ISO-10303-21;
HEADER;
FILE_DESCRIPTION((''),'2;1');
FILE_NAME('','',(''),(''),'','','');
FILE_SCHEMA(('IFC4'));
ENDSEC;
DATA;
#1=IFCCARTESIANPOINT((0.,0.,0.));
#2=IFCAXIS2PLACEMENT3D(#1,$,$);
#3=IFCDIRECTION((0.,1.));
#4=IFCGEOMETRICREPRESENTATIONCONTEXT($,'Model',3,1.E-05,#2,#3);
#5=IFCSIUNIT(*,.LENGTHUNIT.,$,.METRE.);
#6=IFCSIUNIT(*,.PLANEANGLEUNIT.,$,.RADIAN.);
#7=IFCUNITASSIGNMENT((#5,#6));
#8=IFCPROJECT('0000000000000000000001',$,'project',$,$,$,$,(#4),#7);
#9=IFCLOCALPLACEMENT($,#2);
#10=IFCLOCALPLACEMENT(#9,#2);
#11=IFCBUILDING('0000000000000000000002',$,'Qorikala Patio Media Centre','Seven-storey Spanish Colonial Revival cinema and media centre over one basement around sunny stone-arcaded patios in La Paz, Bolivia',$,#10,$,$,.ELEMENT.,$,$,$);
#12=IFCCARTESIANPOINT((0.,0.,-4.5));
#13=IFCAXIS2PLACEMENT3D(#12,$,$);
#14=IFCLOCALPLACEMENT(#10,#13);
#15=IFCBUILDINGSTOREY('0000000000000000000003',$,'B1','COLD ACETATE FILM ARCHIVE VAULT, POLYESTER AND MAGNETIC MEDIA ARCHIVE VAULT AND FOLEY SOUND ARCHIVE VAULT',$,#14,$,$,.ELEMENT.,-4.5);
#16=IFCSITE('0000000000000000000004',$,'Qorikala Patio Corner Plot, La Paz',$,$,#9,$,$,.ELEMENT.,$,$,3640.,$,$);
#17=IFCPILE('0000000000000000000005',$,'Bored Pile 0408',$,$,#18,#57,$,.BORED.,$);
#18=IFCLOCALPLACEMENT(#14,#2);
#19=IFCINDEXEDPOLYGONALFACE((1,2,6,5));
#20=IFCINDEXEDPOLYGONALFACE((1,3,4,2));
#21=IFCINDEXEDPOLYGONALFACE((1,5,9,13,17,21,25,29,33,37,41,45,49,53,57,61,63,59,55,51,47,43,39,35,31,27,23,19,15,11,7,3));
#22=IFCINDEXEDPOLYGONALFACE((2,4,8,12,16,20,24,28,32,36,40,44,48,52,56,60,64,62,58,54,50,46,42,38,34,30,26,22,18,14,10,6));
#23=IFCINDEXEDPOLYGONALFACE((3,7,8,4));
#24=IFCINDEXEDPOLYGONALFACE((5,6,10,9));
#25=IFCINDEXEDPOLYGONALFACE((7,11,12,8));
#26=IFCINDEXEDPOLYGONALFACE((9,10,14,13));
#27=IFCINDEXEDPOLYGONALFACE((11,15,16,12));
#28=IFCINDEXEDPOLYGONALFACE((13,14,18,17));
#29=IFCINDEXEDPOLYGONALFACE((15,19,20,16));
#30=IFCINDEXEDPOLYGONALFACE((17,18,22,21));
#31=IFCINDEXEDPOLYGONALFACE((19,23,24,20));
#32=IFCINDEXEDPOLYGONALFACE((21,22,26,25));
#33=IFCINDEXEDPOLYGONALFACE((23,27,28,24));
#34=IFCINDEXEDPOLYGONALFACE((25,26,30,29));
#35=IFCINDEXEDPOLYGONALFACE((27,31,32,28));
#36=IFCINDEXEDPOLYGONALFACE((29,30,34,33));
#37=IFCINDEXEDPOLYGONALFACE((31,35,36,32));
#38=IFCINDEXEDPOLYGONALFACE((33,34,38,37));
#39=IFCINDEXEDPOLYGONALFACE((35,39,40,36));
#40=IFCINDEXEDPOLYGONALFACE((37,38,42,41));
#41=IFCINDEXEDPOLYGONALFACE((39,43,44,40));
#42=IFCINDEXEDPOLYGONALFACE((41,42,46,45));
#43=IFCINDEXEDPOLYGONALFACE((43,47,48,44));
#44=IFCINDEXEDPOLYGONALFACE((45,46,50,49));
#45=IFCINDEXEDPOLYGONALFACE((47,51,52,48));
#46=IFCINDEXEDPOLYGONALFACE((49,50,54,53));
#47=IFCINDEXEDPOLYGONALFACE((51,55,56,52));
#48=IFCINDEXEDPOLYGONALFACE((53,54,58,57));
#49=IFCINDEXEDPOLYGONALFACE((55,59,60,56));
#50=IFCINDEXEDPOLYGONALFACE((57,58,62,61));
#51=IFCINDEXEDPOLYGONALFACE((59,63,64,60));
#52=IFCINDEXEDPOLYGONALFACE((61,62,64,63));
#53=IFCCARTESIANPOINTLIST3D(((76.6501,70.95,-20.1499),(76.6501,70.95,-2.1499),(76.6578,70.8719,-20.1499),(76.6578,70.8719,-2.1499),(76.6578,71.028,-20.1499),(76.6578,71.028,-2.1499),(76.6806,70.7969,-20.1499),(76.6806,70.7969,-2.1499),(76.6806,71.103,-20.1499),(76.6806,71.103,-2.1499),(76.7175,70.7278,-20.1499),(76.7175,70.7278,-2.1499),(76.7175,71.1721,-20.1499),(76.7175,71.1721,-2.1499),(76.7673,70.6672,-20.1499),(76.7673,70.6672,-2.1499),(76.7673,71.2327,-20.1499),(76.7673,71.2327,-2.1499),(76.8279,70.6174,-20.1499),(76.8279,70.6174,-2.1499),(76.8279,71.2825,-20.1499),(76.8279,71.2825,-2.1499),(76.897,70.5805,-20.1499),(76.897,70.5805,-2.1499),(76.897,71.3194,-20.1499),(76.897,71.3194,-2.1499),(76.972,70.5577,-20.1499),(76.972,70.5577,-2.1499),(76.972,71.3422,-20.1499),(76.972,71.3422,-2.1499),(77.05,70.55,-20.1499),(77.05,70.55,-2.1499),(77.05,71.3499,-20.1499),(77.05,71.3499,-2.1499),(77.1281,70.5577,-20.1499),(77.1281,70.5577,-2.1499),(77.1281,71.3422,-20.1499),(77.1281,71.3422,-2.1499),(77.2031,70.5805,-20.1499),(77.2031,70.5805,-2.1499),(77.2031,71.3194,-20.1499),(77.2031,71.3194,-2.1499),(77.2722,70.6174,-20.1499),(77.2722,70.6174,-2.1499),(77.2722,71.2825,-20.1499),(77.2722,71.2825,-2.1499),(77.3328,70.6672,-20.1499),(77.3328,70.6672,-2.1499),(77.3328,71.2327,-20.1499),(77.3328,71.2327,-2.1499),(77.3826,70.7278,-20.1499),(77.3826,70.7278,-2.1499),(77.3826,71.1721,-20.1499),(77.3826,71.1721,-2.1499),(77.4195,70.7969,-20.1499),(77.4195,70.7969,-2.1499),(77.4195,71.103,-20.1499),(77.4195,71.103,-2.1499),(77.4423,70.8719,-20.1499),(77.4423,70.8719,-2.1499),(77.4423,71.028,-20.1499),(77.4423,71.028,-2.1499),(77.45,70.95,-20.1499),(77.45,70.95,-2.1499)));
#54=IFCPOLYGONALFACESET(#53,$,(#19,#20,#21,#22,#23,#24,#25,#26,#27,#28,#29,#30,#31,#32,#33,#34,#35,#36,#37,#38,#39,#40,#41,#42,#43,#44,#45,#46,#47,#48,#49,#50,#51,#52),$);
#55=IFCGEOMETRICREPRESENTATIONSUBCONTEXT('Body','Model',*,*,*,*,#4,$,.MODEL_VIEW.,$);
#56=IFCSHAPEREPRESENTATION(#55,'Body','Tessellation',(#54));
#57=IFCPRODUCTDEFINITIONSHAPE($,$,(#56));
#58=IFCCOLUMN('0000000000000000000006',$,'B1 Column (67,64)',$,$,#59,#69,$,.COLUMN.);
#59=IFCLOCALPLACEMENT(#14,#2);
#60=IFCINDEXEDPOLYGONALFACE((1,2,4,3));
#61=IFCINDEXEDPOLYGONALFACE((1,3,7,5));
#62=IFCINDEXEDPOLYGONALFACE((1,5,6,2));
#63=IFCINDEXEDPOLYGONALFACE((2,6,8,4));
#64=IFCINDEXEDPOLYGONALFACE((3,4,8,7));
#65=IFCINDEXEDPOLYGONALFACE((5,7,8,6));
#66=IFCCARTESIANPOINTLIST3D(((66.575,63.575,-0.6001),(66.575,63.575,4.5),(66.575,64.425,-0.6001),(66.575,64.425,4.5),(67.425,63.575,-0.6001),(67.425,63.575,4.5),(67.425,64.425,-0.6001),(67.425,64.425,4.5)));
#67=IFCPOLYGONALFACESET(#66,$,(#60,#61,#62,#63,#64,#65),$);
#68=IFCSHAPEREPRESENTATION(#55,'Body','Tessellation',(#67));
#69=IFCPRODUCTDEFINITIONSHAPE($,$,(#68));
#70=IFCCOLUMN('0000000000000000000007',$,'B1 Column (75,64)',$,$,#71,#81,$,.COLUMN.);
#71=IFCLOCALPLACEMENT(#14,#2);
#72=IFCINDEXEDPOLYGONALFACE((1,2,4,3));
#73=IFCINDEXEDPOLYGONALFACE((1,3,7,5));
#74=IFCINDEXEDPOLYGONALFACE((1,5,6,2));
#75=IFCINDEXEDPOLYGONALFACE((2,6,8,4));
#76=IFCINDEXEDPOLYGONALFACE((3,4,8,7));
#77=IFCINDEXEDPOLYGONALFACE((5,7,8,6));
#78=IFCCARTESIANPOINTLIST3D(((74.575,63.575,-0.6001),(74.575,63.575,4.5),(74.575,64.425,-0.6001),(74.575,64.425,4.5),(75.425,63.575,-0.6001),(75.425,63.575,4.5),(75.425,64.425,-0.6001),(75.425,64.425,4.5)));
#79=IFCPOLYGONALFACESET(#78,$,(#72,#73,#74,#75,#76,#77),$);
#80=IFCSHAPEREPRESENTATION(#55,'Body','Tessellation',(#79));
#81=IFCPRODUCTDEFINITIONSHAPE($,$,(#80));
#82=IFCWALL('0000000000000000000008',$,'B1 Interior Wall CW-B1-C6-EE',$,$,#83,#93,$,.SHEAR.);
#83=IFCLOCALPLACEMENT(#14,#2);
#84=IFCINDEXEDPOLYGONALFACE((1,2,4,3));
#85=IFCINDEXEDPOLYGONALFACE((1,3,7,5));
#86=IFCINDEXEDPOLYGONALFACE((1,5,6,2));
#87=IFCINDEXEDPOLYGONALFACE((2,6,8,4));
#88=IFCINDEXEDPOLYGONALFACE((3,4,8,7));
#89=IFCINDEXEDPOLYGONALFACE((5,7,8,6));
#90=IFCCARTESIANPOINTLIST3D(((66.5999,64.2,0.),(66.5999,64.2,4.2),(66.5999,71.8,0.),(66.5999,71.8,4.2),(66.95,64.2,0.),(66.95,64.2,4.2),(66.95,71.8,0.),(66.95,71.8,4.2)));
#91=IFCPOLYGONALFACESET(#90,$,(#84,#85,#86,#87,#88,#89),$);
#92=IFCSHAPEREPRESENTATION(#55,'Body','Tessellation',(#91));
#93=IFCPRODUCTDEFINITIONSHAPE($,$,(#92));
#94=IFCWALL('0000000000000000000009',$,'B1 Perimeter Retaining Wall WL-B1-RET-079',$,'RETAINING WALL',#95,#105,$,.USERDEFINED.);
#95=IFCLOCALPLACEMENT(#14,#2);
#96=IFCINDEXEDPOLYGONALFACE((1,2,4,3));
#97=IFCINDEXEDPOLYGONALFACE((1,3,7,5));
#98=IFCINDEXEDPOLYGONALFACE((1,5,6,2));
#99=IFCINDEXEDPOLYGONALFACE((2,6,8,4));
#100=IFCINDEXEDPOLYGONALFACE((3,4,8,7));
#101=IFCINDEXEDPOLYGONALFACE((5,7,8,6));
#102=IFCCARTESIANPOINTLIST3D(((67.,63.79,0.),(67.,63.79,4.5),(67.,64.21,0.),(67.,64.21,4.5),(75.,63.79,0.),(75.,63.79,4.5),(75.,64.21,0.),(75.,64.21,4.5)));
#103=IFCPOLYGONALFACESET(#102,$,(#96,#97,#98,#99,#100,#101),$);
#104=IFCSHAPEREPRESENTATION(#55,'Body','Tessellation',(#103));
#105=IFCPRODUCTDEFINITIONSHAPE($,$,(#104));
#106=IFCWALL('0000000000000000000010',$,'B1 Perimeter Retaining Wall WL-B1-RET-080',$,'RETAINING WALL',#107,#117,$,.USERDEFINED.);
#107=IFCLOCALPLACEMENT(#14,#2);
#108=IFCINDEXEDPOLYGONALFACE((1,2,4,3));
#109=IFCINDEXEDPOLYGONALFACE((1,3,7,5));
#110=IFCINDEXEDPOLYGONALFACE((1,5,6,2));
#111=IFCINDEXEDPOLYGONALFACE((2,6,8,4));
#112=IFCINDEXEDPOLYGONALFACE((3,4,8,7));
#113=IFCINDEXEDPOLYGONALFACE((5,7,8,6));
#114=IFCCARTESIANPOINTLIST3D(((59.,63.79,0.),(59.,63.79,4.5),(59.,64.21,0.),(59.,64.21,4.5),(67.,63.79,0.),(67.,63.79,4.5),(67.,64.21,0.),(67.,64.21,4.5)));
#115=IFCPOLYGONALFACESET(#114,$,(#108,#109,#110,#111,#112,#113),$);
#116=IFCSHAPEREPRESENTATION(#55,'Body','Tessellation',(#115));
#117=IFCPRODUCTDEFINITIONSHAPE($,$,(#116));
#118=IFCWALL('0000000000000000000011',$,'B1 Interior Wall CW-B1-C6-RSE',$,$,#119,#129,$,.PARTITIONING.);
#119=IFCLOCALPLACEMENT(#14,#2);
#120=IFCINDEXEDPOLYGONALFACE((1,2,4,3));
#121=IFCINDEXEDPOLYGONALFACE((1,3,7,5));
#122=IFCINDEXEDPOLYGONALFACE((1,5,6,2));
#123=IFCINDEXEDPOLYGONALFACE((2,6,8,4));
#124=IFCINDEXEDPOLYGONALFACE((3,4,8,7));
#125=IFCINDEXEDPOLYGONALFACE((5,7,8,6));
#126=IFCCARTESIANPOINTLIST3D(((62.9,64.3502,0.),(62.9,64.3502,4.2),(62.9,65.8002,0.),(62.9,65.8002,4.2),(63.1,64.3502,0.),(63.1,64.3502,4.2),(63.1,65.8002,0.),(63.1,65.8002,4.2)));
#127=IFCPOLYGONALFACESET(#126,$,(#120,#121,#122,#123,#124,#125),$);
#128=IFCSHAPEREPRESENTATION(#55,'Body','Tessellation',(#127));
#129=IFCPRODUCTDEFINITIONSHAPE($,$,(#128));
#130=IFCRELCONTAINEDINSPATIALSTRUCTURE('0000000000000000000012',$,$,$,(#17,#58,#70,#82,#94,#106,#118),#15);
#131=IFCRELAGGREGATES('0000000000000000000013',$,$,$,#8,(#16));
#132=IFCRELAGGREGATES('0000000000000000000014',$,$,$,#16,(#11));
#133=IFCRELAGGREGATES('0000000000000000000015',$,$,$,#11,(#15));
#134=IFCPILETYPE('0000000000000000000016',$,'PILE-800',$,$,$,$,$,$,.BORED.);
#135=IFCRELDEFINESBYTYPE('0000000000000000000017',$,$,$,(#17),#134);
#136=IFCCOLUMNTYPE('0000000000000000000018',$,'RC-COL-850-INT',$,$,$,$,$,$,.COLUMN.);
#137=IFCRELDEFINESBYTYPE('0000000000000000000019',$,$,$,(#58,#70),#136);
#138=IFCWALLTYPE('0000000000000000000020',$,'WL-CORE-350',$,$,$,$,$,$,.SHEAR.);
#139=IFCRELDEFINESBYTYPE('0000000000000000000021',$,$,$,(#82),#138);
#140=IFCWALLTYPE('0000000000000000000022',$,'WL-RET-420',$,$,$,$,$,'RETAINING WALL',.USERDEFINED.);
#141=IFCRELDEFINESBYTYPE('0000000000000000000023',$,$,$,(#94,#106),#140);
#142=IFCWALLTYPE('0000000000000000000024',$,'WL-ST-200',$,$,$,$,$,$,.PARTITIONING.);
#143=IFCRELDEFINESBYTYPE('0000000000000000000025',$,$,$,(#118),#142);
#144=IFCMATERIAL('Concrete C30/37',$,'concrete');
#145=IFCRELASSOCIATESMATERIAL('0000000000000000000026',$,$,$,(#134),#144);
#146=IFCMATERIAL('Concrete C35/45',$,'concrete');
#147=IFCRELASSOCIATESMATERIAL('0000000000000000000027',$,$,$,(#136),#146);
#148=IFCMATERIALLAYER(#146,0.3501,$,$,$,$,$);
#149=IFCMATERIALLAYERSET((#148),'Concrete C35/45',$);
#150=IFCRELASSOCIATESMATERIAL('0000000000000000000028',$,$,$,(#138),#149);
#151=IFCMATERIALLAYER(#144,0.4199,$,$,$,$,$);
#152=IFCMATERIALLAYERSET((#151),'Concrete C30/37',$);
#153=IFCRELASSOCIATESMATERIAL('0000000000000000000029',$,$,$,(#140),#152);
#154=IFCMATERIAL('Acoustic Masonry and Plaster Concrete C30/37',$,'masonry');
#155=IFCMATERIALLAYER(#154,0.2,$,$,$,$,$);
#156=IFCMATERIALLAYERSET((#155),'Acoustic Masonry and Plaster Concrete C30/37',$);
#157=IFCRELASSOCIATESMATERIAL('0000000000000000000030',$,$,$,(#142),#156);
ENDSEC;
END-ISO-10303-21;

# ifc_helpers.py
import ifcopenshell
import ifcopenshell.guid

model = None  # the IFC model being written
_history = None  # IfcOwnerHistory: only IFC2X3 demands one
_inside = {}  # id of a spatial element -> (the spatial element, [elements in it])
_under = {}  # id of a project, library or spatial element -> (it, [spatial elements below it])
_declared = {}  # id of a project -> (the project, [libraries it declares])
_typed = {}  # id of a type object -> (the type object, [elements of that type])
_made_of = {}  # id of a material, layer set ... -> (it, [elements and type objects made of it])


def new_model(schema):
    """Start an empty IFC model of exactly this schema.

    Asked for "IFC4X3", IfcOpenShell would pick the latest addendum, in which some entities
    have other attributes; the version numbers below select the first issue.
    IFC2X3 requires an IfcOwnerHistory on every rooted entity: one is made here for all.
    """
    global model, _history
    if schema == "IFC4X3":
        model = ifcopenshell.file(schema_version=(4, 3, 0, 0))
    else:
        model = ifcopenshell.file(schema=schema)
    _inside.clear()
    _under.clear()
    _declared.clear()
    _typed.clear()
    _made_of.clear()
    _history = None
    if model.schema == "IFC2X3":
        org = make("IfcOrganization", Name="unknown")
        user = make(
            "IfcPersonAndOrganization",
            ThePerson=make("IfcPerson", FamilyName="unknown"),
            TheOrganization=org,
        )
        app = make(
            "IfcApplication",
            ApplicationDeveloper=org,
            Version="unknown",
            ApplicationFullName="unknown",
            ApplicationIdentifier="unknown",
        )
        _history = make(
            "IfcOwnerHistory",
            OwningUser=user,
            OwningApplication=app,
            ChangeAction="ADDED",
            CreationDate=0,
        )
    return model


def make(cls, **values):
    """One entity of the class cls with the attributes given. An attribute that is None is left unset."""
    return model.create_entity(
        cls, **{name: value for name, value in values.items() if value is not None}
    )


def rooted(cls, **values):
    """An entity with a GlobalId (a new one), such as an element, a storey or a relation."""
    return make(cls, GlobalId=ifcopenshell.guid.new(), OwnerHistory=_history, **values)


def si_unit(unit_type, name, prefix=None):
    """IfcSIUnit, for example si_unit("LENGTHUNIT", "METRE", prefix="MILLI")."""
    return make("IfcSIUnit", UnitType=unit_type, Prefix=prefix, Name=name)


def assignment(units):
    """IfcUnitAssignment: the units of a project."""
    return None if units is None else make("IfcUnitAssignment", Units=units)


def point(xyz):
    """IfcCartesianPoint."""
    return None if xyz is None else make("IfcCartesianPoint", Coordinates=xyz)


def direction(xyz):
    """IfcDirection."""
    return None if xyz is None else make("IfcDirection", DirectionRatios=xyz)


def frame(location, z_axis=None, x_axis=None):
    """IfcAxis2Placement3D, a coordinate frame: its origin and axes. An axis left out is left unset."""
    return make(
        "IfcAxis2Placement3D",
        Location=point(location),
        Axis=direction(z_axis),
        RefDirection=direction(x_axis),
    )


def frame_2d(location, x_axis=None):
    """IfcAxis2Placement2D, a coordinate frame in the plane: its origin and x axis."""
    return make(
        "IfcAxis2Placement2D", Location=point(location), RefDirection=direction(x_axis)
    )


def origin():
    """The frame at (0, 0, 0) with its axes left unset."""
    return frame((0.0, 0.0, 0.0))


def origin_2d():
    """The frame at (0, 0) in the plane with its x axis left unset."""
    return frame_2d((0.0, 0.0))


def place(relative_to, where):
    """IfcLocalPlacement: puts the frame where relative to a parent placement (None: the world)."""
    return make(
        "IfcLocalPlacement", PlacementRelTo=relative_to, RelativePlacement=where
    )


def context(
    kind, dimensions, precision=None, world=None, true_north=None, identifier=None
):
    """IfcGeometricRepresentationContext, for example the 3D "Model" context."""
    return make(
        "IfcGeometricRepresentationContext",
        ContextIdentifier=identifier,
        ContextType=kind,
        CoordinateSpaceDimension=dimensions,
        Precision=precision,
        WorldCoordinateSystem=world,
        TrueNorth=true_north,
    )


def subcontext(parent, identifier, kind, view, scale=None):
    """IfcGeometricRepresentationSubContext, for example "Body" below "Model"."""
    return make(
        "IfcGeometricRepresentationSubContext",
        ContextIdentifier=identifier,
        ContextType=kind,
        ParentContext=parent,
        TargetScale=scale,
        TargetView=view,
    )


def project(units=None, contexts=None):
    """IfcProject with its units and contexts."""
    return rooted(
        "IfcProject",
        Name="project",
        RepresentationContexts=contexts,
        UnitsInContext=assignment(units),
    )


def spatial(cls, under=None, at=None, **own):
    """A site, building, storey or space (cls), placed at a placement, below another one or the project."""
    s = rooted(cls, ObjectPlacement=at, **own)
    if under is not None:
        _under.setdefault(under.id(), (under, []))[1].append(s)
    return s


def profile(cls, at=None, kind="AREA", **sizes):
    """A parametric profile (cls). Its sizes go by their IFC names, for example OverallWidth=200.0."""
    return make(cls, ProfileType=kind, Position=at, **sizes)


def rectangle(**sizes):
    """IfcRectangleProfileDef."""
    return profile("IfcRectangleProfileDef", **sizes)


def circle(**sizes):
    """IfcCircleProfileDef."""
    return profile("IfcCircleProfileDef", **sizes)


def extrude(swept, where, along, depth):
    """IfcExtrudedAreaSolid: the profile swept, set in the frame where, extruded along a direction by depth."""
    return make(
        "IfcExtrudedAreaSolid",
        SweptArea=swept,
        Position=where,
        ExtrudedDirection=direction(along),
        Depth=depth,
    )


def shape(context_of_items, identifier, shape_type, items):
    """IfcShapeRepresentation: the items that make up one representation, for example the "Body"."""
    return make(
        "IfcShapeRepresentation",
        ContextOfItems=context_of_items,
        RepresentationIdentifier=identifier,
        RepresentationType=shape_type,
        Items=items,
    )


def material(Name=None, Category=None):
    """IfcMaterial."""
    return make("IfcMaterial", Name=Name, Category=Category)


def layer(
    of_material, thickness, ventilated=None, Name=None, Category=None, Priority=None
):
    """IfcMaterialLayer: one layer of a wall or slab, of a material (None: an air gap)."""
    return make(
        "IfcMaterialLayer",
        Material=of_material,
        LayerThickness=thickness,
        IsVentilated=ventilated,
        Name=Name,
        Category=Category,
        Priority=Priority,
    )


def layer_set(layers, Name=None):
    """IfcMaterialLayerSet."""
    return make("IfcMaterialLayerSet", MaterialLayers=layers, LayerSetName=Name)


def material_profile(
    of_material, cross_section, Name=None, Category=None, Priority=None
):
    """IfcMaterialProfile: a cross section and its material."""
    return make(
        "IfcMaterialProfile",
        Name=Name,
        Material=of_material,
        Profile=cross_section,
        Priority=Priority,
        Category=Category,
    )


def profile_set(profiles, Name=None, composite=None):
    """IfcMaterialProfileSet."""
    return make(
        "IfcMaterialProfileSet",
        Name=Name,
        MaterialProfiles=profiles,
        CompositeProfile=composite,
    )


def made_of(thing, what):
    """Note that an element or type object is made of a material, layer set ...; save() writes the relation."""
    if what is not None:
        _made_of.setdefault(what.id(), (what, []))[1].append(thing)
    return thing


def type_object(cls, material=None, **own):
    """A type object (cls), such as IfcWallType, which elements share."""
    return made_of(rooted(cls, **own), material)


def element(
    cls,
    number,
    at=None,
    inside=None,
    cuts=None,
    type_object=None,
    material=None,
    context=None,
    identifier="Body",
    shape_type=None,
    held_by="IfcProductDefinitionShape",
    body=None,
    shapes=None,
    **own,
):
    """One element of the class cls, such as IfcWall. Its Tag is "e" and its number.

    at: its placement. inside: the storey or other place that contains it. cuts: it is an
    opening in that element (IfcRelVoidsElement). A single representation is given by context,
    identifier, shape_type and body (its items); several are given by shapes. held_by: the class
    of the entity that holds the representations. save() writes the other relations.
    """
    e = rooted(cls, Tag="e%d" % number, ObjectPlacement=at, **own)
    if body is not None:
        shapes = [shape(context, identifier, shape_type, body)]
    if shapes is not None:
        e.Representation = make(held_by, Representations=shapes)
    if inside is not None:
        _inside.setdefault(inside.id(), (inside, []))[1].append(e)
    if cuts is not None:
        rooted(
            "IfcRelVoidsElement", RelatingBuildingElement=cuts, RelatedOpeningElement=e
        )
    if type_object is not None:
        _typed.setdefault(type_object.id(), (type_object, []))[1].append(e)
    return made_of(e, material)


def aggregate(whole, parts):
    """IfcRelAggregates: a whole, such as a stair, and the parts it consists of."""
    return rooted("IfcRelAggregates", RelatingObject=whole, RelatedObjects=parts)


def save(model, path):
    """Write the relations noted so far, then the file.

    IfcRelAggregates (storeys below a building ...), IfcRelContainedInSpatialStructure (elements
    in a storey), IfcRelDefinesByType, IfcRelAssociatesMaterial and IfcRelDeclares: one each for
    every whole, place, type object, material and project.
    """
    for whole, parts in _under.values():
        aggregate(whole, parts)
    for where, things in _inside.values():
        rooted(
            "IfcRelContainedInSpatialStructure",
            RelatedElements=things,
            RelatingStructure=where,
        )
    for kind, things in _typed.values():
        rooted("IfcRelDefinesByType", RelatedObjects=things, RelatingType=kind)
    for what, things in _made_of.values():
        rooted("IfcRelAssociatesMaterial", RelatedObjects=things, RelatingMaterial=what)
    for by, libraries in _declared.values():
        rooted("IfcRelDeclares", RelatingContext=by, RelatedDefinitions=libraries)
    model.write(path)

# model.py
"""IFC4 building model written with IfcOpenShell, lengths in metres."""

from ifc_helpers import new_model, si_unit, direction, frame, frame_2d, origin, origin_2d, place, context, subcontext, project, spatial, rectangle, circle, extrude, material, layer, layer_set, material_profile, profile_set, type_object, element, save


model = new_model("IFC4")

# Units and contexts
model_context = context("Model", 3, precision=1e-05, world=origin(), true_north=direction((0.0, 1.0)))
body_context = subcontext(model_context, "Body", "Model", "MODEL_VIEW")
ifc_project = project(units=[si_unit("LENGTHUNIT", "METRE"), si_unit("PLANEANGLEUNIT", "RADIAN")], contexts=[model_context])

# Site, building, storey
site_placement = place(None, origin())
site = spatial("IfcSite", under=ifc_project, at=site_placement, Name="Qorikala Patio Corner Plot, La Paz", CompositionType="ELEMENT", RefElevation=3640.0)
building_placement = place(site_placement, origin())
building = spatial("IfcBuilding", under=site, at=building_placement, Name="Qorikala Patio Media Centre", Description="Seven-storey Spanish Colonial Revival cinema and media centre over one basement around sunny stone-arcaded patios in La Paz, Bolivia", CompositionType="ELEMENT")
storey_placement = place(building_placement, frame((0.0, 0.0, -4.5)))
storey = spatial("IfcBuildingStorey", under=building, at=storey_placement, Name="B1", Description="COLD ACETATE FILM ARCHIVE VAULT, POLYESTER AND MAGNETIC MEDIA ARCHIVE VAULT AND FOLEY SOUND ARCHIVE VAULT", CompositionType="ELEMENT", Elevation=-4.5)

# Shared definitions
ifc_material_1 = material(Name="Concrete C30/37", Category="concrete")

# Pile
ifc_material_profile_1 = material_profile(ifc_material_1, circle(Radius=0.3999, at=origin_2d()), Name="BORED PILE 800")
ifc_profile_set_1 = profile_set([ifc_material_profile_1], Name="Concrete C30/37")
pile_type = type_object("IfcPileType", Name="PILE-800", PredefinedType="BORED", material=ifc_profile_set_1)
for number, where, z_axis, x_axis, name in (
    (1, (77.05, 70.95, -2.1499), (0.0, 0.0, -1.0), (1.0, 0.0, 0.0), "Bored Pile 0408"),
):
    element("IfcPile", number, at=place(storey_placement, frame(where, z_axis=z_axis, x_axis=x_axis)), inside=storey, type_object=pile_type, Name=name, PredefinedType="BORED", context=body_context, shape_type="SweptSolid", body=[
        extrude(circle(Radius=0.3999, at=origin_2d()), origin(), (0.0, 0.0, 1.0), 18.0),
    ])

# Columns
ifc_material_2 = material(Name="Concrete C35/45", Category="concrete")
ifc_material_profile_2 = material_profile(ifc_material_2, rectangle(XDim=0.8501, YDim=0.8501, at=origin_2d()), Name="RC 850x850")
ifc_profile_set_2 = profile_set([ifc_material_profile_2], Name="Concrete C35/45")
column_type = type_object("IfcColumnType", Name="RC-COL-850-INT", PredefinedType="COLUMN", material=ifc_profile_set_2)
for number, where, z_axis, x_axis, name in (
    (2, (67.0, 64.0, -0.6001), (0.0, 0.0, 1.0), (1.0, 0.0, 0.0), "B1 Column (67,64)"),
    (3, (75.0, 64.0, -0.6001), (0.0, 0.0, 1.0), (1.0, 0.0, 0.0), "B1 Column (75,64)"),
):
    element("IfcColumn", number, at=place(storey_placement, frame(where, z_axis=z_axis, x_axis=x_axis)), inside=storey, type_object=column_type, Name=name, PredefinedType="COLUMN", context=body_context, shape_type="SweptSolid", body=[
        extrude(rectangle(XDim=0.8501, YDim=0.8501, at=origin_2d()), origin(), (0.0, 0.0, 1.0), 5.1001),
    ])

# Walls
ifc_layer_1 = layer(ifc_material_2, 0.3501)
ifc_layer_set_1 = layer_set([ifc_layer_1], Name="Concrete C35/45")
wall_type_1 = type_object("IfcWallType", Name="WL-CORE-350", PredefinedType="SHEAR", material=ifc_layer_set_1)
wall_1_placement = place(storey_placement, frame((66.7749, 64.2, 0.0), z_axis=(0.0, 0.0, 1.0), x_axis=(0.0, 1.0, 0.0)))
element("IfcWall", 4, at=wall_1_placement, inside=storey, type_object=wall_type_1, Name="B1 Interior Wall CW-B1-C6-EE", PredefinedType="SHEAR", context=body_context, shape_type="SweptSolid", body=[
    extrude(rectangle(XDim=7.6001, YDim=0.3501, at=frame_2d((3.8, 0.0))), origin(), (0.0, 0.0, 1.0), 4.2),
])
ifc_layer_2 = layer(ifc_material_1, 0.4199)
ifc_layer_set_2 = layer_set([ifc_layer_2], Name="Concrete C30/37")
wall_type_2 = type_object("IfcWallType", Name="WL-RET-420", ElementType="RETAINING WALL", PredefinedType="USERDEFINED", material=ifc_layer_set_2)
for number, where, z_axis, x_axis, name in (
    (5, (75.0, 64.0, 0.0), (0.0, 0.0, 1.0), (-1.0, 0.0, 0.0), "B1 Perimeter Retaining Wall WL-B1-RET-079"),
    (6, (67.0, 64.0, 0.0), (0.0, 0.0, 1.0), (-1.0, 0.0, 0.0), "B1 Perimeter Retaining Wall WL-B1-RET-080"),
):
    element("IfcWall", number, at=place(storey_placement, frame(where, z_axis=z_axis, x_axis=x_axis)), inside=storey, type_object=wall_type_2, Name=name, ObjectType="RETAINING WALL", PredefinedType="USERDEFINED", context=body_context, shape_type="SweptSolid", body=[
        extrude(rectangle(XDim=8.0, YDim=0.4199, at=frame_2d((4.0, 0.0))), origin(), (0.0, 0.0, 1.0), 4.5),
    ])
ifc_material_3 = material(Name="Acoustic Masonry and Plaster Concrete C30/37", Category="masonry")
ifc_layer_3 = layer(ifc_material_3, 0.2)
ifc_layer_set_3 = layer_set([ifc_layer_3], Name="Acoustic Masonry and Plaster Concrete C30/37")
wall_type_3 = type_object("IfcWallType", Name="WL-ST-200", PredefinedType="PARTITIONING", material=ifc_layer_set_3)
wall_2_placement = place(storey_placement, frame((63.0, 64.3501, 0.0), z_axis=(0.0, 0.0, 1.0), x_axis=(0.0, 1.0, 0.0)))
element("IfcWall", 7, at=wall_2_placement, inside=storey, type_object=wall_type_3, Name="B1 Interior Wall CW-B1-C6-RSE", PredefinedType="PARTITIONING", context=body_context, shape_type="SweptSolid", body=[
    extrude(rectangle(XDim=1.45, YDim=0.2, at=frame_2d((0.7251, 0.0))), origin(), (0.0, 0.0, 1.0), 4.2),
])

save(model, "model.ifc")
